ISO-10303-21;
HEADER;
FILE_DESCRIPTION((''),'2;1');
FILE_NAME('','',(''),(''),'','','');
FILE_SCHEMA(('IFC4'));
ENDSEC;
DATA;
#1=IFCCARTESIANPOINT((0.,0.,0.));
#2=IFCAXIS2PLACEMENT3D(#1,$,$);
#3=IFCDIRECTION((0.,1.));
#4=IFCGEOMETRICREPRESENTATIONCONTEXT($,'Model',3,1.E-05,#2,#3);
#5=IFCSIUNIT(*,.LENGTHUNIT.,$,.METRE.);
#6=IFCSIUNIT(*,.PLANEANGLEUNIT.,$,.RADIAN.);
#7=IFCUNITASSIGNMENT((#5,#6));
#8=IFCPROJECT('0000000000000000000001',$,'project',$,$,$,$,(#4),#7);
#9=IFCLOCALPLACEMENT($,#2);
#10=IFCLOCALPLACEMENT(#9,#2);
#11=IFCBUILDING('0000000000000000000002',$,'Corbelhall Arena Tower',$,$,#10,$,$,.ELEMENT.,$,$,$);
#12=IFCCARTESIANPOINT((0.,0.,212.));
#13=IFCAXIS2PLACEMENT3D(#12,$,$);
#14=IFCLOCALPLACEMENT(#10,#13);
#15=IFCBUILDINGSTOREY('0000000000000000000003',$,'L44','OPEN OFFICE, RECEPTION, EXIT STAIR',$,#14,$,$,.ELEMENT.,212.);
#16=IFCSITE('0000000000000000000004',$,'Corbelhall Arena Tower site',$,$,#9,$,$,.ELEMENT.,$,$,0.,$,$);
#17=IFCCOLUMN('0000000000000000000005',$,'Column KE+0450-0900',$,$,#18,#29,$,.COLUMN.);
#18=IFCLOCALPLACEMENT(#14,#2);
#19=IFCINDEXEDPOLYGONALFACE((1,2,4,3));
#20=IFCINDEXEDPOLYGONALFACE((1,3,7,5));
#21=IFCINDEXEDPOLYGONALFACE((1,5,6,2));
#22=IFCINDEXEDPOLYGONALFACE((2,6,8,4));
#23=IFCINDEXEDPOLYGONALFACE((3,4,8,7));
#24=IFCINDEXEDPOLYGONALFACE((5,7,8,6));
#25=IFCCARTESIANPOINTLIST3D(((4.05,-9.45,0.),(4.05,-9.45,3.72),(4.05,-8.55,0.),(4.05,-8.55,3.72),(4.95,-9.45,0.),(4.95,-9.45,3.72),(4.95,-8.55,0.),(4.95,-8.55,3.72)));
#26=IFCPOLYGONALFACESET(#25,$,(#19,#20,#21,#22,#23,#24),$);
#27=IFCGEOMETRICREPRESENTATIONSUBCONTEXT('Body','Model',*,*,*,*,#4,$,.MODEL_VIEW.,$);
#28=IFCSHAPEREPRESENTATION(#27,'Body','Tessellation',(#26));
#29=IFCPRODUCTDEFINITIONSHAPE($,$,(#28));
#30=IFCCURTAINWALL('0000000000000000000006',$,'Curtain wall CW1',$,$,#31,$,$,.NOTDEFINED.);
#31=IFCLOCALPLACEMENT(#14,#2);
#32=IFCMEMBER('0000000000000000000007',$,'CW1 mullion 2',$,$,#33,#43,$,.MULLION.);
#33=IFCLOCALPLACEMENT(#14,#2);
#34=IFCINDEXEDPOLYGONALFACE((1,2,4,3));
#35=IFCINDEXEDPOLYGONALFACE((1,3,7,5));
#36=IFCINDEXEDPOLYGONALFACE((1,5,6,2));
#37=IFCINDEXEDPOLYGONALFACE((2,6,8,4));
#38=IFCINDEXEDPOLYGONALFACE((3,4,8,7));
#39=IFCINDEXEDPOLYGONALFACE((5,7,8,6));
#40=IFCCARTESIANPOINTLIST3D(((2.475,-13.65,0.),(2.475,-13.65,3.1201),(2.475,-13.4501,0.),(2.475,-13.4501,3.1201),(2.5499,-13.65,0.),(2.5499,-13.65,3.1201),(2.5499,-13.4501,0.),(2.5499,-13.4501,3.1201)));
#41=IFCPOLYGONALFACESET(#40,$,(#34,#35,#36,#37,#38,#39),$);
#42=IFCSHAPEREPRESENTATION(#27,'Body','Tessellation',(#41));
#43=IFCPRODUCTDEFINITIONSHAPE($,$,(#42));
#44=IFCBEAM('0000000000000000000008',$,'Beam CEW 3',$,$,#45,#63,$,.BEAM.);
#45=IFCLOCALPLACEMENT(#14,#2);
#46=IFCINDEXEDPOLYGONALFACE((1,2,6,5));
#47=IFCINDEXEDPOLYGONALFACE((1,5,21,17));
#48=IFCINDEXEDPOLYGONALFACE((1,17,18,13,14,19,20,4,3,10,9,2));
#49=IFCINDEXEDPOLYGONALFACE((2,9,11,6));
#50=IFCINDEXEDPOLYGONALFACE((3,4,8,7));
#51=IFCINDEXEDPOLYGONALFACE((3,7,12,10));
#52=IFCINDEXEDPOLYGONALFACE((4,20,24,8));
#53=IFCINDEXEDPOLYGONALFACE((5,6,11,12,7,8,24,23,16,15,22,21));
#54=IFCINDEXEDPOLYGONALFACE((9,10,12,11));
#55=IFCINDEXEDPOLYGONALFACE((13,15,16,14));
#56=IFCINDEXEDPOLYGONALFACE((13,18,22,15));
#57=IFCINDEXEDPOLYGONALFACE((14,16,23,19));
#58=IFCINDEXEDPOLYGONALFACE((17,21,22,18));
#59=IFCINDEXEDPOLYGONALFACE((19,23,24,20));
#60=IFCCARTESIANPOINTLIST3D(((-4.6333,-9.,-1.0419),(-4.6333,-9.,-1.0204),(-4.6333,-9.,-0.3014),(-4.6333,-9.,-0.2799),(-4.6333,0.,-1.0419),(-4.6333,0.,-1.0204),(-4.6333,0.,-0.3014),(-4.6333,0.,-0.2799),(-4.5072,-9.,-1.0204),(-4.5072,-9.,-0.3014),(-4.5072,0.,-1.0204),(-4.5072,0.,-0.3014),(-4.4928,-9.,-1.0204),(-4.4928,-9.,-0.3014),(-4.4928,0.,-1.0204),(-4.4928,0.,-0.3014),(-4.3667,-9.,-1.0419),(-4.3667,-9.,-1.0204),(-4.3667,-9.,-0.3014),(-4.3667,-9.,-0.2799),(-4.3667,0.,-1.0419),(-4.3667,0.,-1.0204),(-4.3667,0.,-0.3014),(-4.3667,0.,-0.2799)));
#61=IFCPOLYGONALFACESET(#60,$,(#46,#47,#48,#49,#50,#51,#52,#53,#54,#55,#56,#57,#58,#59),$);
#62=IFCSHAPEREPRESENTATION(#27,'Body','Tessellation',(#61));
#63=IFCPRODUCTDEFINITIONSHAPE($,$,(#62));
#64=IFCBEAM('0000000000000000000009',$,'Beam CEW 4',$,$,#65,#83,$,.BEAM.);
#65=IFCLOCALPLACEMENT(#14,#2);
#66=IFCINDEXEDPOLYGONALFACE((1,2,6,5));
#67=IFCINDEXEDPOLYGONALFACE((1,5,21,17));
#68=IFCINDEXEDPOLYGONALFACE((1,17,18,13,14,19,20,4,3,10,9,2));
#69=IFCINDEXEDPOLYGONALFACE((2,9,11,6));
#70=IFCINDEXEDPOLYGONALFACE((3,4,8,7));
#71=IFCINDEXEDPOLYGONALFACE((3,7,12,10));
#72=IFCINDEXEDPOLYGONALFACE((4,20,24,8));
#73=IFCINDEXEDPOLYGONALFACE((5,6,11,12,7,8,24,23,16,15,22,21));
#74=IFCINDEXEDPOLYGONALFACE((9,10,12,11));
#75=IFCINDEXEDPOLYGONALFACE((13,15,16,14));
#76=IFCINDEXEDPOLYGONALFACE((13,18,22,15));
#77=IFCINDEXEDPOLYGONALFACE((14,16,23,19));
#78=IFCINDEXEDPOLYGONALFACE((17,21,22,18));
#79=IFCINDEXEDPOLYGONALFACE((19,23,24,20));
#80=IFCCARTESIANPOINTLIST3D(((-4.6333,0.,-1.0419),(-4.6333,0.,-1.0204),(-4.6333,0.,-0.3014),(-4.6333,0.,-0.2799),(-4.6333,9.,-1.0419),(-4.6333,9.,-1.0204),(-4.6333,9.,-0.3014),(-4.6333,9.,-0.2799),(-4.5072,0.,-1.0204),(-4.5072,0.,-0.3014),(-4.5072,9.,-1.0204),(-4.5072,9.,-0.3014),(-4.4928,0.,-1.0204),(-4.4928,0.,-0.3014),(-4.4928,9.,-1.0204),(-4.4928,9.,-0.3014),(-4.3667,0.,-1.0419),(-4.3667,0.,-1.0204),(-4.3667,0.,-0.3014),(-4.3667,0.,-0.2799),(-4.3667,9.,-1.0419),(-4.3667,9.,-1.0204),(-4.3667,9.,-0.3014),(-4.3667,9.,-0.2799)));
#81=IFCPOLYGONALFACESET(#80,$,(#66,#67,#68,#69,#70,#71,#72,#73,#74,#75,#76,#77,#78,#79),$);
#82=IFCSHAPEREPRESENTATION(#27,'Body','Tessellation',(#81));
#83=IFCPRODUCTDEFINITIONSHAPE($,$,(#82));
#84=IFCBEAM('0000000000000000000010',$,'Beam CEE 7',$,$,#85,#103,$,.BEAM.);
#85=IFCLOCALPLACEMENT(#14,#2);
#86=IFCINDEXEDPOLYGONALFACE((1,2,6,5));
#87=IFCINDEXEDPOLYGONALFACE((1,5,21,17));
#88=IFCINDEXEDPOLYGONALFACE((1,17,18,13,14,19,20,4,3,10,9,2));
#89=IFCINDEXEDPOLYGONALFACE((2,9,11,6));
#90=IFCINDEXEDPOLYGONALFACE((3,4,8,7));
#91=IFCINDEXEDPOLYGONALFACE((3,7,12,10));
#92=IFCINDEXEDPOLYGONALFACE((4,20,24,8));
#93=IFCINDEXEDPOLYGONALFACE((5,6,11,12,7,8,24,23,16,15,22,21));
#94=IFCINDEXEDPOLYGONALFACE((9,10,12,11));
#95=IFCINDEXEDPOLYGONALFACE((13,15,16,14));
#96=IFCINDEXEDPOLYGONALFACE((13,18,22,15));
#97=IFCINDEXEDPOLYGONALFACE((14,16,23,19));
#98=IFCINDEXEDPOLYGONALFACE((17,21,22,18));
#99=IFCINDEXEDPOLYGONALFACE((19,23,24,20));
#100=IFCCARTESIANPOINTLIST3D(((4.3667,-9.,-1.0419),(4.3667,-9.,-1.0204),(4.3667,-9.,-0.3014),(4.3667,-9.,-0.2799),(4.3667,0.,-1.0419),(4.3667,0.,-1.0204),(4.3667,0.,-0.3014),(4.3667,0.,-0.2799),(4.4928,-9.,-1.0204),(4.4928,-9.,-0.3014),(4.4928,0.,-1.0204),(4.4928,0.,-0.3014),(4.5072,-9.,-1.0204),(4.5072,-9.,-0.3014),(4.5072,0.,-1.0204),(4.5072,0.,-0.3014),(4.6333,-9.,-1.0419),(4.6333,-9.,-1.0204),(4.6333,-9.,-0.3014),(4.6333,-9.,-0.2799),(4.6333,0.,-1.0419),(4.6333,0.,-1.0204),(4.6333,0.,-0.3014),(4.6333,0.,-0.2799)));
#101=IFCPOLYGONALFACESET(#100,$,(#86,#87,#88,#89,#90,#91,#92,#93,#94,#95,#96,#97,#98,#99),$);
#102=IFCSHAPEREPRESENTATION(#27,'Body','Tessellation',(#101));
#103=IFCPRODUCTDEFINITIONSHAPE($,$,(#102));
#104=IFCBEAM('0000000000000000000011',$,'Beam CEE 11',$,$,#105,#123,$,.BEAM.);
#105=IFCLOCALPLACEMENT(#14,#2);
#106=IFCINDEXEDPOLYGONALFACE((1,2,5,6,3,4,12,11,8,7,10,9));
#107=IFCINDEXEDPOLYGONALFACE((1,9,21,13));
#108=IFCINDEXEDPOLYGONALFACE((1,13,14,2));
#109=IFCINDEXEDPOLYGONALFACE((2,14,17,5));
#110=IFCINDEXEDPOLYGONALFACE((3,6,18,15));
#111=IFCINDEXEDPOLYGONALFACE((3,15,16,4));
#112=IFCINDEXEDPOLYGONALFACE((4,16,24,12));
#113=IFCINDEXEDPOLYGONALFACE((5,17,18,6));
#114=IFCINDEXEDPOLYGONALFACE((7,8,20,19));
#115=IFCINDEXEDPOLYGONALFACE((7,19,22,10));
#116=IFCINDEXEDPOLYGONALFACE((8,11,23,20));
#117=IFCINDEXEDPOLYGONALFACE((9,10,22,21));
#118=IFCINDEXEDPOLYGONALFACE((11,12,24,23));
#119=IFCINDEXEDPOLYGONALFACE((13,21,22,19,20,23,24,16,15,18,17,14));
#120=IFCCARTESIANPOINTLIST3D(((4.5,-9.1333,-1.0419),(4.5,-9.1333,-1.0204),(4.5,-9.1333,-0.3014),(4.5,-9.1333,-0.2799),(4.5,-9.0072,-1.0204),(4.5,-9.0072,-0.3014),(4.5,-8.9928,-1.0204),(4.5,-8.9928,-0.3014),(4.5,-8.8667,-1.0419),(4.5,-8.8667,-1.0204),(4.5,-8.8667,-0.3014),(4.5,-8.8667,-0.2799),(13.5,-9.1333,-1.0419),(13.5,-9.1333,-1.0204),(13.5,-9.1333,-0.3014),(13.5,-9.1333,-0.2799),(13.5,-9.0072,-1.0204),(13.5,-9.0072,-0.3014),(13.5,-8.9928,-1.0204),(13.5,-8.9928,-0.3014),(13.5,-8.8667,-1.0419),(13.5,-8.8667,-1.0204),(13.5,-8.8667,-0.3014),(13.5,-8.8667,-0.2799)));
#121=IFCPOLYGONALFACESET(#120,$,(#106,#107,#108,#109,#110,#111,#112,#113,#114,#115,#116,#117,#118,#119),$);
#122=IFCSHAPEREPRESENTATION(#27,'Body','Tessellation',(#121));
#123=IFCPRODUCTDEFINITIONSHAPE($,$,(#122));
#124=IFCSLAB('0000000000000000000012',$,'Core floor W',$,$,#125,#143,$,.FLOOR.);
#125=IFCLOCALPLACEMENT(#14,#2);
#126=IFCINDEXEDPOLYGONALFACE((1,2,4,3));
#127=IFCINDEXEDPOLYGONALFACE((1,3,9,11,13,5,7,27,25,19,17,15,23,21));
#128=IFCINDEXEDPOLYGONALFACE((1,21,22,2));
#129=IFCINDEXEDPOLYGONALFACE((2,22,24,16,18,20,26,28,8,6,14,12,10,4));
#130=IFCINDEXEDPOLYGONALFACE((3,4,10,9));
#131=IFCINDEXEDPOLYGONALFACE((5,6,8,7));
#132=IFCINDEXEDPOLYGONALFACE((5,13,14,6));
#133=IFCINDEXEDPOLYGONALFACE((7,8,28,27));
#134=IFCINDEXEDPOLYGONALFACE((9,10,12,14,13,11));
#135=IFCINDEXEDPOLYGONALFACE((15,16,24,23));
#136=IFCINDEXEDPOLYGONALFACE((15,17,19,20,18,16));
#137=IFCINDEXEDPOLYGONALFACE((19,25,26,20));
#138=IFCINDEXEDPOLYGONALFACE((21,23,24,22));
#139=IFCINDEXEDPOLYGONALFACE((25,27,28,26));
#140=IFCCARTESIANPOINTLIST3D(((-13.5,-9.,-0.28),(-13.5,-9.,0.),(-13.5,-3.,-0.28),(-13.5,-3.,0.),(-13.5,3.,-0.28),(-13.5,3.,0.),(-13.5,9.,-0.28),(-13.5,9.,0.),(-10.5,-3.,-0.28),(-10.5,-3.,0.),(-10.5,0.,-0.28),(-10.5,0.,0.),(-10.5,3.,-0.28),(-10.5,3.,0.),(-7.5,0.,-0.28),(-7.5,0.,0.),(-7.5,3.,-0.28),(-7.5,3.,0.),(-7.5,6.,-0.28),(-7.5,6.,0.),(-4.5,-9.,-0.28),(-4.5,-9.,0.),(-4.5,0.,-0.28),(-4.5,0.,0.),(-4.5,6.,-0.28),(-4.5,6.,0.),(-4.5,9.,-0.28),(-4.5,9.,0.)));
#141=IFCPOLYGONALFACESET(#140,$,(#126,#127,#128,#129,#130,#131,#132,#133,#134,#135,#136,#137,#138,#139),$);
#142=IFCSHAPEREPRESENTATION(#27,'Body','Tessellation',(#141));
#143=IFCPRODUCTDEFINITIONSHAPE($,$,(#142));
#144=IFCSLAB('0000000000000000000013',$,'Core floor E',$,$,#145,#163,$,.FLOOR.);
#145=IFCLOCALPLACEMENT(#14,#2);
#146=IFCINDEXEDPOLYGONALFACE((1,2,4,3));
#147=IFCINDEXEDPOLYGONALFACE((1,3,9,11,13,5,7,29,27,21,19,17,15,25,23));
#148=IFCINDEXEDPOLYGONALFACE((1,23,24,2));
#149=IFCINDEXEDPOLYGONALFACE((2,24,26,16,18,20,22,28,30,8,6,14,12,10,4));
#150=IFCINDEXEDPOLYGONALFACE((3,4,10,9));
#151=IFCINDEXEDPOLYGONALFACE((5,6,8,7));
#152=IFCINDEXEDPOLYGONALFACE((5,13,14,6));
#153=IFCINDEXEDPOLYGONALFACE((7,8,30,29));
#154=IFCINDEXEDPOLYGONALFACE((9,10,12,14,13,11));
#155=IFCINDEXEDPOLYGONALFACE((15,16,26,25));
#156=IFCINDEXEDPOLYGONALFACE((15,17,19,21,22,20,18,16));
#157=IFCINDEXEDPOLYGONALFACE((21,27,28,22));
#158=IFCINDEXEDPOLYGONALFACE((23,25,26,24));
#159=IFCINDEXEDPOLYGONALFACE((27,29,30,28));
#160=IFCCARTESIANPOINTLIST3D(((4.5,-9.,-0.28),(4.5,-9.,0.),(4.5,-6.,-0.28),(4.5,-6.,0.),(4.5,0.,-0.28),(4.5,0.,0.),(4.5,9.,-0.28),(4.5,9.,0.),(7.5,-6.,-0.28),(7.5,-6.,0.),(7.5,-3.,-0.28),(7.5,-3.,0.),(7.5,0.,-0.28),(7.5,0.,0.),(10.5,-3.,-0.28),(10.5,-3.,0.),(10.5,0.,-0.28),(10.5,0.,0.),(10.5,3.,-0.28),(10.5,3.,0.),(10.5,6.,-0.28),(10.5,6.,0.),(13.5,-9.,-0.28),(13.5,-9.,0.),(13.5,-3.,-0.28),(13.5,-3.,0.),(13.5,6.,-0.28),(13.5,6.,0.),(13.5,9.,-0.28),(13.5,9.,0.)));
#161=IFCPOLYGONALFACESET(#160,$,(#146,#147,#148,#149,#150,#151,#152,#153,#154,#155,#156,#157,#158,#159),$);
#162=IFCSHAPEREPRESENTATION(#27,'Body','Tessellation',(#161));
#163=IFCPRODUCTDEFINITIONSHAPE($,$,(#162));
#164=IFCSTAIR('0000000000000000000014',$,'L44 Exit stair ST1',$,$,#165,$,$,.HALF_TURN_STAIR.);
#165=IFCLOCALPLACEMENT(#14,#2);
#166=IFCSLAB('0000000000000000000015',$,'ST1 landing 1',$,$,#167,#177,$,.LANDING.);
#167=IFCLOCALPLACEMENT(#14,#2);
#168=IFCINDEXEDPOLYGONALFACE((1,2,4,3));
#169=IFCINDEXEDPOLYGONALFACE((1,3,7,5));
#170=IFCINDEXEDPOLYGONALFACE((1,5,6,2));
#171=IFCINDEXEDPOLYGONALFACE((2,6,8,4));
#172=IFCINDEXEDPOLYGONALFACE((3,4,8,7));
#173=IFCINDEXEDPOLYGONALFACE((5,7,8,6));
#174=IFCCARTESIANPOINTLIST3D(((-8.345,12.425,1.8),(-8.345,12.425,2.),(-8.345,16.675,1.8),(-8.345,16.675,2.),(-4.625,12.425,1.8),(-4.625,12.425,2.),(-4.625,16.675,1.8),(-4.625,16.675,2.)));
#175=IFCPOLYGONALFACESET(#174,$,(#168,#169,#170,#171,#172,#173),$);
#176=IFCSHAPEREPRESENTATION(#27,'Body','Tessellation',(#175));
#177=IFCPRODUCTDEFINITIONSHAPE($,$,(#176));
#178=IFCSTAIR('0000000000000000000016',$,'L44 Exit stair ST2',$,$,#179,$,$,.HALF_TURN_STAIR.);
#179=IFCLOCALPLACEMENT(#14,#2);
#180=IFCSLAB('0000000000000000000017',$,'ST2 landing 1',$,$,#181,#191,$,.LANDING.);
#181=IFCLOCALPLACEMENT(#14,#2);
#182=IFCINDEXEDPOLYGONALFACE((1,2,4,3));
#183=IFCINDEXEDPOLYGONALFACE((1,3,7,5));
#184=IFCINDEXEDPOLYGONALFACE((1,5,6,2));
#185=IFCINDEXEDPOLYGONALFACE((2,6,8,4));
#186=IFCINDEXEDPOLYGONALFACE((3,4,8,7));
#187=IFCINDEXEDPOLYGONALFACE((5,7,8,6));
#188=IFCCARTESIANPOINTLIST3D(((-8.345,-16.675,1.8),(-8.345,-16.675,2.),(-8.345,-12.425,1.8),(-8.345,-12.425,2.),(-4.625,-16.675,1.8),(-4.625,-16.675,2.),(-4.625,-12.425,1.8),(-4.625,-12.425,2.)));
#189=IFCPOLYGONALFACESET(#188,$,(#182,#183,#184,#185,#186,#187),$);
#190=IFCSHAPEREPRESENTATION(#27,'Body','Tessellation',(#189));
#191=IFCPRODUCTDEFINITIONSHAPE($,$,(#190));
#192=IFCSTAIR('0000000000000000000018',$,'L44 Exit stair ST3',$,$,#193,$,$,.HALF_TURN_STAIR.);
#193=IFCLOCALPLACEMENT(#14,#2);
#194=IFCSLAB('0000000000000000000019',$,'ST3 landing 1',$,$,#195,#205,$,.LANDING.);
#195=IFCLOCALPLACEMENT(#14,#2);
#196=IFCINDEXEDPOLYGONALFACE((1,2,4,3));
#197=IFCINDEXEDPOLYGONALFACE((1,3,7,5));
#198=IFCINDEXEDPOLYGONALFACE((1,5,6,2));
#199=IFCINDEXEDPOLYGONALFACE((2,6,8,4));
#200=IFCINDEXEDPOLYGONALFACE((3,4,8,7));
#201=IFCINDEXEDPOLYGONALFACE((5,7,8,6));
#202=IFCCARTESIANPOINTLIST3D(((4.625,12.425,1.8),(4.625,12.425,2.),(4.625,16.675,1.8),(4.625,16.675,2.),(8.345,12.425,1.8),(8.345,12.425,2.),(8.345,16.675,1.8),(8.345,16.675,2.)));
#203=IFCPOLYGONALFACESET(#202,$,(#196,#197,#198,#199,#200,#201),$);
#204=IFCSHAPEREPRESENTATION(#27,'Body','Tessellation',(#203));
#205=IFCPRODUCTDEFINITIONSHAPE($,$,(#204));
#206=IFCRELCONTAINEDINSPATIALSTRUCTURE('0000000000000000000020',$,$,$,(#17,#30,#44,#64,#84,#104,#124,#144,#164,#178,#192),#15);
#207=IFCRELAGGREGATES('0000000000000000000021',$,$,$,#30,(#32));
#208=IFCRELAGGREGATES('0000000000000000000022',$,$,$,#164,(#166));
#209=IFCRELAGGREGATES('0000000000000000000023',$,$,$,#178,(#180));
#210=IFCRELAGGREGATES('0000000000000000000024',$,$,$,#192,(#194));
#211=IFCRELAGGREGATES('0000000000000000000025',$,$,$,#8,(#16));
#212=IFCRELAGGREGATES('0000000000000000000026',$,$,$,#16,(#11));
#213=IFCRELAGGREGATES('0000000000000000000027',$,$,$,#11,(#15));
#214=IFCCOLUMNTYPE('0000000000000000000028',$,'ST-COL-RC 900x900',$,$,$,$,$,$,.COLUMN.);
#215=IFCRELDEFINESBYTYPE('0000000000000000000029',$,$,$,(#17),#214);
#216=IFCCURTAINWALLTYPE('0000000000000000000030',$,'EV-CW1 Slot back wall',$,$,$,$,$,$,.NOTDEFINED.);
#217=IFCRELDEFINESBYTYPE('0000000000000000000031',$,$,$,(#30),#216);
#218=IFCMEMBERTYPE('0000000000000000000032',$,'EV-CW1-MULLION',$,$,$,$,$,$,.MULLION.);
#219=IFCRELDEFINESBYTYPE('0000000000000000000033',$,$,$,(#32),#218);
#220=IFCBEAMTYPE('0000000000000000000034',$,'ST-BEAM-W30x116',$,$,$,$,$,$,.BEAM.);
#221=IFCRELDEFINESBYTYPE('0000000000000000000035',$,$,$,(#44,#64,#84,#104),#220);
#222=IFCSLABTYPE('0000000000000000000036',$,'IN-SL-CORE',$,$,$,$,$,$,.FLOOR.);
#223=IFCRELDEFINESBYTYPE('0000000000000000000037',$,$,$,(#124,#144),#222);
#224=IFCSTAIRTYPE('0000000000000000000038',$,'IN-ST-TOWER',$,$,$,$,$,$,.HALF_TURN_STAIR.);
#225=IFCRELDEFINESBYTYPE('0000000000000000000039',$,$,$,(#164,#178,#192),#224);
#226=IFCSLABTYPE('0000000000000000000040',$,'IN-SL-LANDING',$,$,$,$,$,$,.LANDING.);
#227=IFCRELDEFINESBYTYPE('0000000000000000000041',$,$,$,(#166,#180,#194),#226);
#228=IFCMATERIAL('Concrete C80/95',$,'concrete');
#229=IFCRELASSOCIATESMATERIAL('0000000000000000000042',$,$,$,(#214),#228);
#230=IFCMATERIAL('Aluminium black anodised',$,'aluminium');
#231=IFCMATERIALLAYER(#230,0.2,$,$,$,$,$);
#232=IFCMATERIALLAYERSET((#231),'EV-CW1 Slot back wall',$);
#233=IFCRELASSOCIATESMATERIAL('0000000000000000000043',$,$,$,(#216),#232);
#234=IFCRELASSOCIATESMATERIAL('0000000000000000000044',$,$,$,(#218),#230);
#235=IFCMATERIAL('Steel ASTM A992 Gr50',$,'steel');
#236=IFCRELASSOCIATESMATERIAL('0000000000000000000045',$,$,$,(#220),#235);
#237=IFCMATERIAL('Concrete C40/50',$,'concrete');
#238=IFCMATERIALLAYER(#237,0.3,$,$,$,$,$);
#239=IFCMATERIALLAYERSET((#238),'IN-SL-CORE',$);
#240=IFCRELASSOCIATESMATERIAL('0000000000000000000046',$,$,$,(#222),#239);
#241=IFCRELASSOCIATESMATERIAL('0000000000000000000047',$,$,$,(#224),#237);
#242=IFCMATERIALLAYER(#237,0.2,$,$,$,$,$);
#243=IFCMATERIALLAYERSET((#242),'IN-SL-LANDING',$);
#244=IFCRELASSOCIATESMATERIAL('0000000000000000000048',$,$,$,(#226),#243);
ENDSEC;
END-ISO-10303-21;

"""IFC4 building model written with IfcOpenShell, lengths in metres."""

from ifc_helpers import new_model, si_unit, direction, frame, origin, origin_2d, place, context, subcontext, project, spatial, polyline, rectangle, i_section, outline, extrude, material, layer, layer_set, material_profile, profile_set, type_object, element, aggregate, save


model = new_model("IFC4")

# Units and contexts
model_context = context("Model", 3, precision=1e-05, world=origin(), true_north=direction((0.0, 1.0)))
body_context = subcontext(model_context, "Body", "Model", "MODEL_VIEW")
ifc_project = project(units=[si_unit("LENGTHUNIT", "METRE"), si_unit("PLANEANGLEUNIT", "RADIAN")], contexts=[model_context])

# Site, building, storey
site_placement = place(None, origin())
site = spatial("IfcSite", under=ifc_project, at=site_placement, Name="Corbelhall Arena Tower site", CompositionType="ELEMENT", RefElevation=0.0)
building_placement = place(site_placement, origin())
building = spatial("IfcBuilding", under=site, at=building_placement, Name="Corbelhall Arena Tower", CompositionType="ELEMENT")
storey_placement = place(building_placement, frame((0.0, 0.0, 212.0)))
storey = spatial("IfcBuildingStorey", under=building, at=storey_placement, Name="L44", Description="OPEN OFFICE, RECEPTION, EXIT STAIR", CompositionType="ELEMENT", Elevation=212.0)

# Column
ifc_material_1 = material(Name="Concrete C80/95", Category="concrete")
ifc_material_profile_1 = material_profile(ifc_material_1, rectangle(XDim=0.8999, YDim=0.8999, at=origin_2d()))
ifc_profile_set_1 = profile_set([ifc_material_profile_1], Name="Concrete C80/95")
column_type = type_object("IfcColumnType", Name="ST-COL-RC 900x900", PredefinedType="COLUMN", material=ifc_profile_set_1)
column_placement = place(storey_placement, frame((4.5, -9.0, 0.0), z_axis=(0.0, 0.0, 1.0), x_axis=(1.0, 0.0, 0.0)))
element("IfcColumn", 1, at=column_placement, inside=storey, type_object=column_type, Name="Column KE+0450-0900", PredefinedType="COLUMN", context=body_context, shape_type="SweptSolid", body=[
    extrude(rectangle(XDim=0.8999, YDim=0.8999, at=origin_2d()), origin(), (0.0, 0.0, 1.0), 3.72),
])

# Curtain wall, member
ifc_material_2 = material(Name="Aluminium black anodised", Category="aluminium")
ifc_layer_1 = layer(ifc_material_2, 0.2)
ifc_layer_set_1 = layer_set([ifc_layer_1], Name="EV-CW1 Slot back wall")
curtain_wall_type = type_object("IfcCurtainWallType", Name="EV-CW1 Slot back wall", PredefinedType="NOTDEFINED", material=ifc_layer_set_1)
curtain_wall_placement = place(storey_placement, origin())
curtain_wall = element("IfcCurtainWall", 2, at=curtain_wall_placement, inside=storey, type_object=curtain_wall_type, Name="Curtain wall CW1", PredefinedType="NOTDEFINED")
ifc_material_profile_2 = material_profile(ifc_material_2, rectangle(XDim=0.2, YDim=0.075, at=origin_2d()))
ifc_profile_set_2 = profile_set([ifc_material_profile_2], Name="Aluminium black anodised")
member_type = type_object("IfcMemberType", Name="EV-CW1-MULLION", PredefinedType="MULLION", material=ifc_profile_set_2)
member_placement = place(storey_placement, frame((2.5125, -13.55, 0.0), z_axis=(0.0, 0.0, 1.0), x_axis=(0.0, 1.0, 0.0)))
member = element("IfcMember", 3, at=member_placement, type_object=member_type, Name="CW1 mullion 2", PredefinedType="MULLION", context=body_context, shape_type="SweptSolid", body=[
    extrude(rectangle(XDim=0.2, YDim=0.075, at=origin_2d()), origin(), (0.0, 0.0, 1.0), 3.1201),
])
aggregate(curtain_wall, [member])

# Beams
ifc_material_3 = material(Name="Steel ASTM A992 Gr50", Category="steel")
ifc_material_profile_3 = material_profile(ifc_material_3, i_section(OverallWidth=0.2666, OverallDepth=0.762, WebThickness=0.0144, FlangeThickness=0.0215, at=origin_2d()))
ifc_profile_set_3 = profile_set([ifc_material_profile_3], Name="Steel ASTM A992 Gr50")
beam_type = type_object("IfcBeamType", Name="ST-BEAM-W30x116", PredefinedType="BEAM", material=ifc_profile_set_3)
for number, where, z_axis, x_axis, name in (
    (4, (-4.5, -9.0, -0.6609), (0.0, 1.0, 0.0), (-1.0, 0.0, 0.0), "Beam CEW 3"),
    (5, (-4.5, 0.0, -0.6609), (0.0, 1.0, 0.0), (-1.0, 0.0, 0.0), "Beam CEW 4"),
    (6, (4.5, -9.0, -0.6609), (0.0, 1.0, 0.0), (-1.0, 0.0, 0.0), "Beam CEE 7"),
    (7, (4.5, -9.0, -0.6609), (1.0, 0.0, 0.0), (0.0, 1.0, 0.0), "Beam CEE 11"),
):
    element("IfcBeam", number, at=place(storey_placement, frame(where, z_axis=z_axis, x_axis=x_axis)), inside=storey, type_object=beam_type, Name=name, PredefinedType="BEAM", context=body_context, shape_type="SweptSolid", body=[
        extrude(i_section(OverallWidth=0.2666, OverallDepth=0.762, WebThickness=0.0144, FlangeThickness=0.0215, at=origin_2d()), origin(), (0.0, 0.0, 1.0), 9.0),
    ])

# Slabs
ifc_material_4 = material(Name="Concrete C40/50", Category="concrete")
ifc_layer_2 = layer(ifc_material_4, 0.3)
ifc_layer_set_2 = layer_set([ifc_layer_2], Name="IN-SL-CORE")
slab_type_1 = type_object("IfcSlabType", Name="IN-SL-CORE", PredefinedType="FLOOR", material=ifc_layer_set_2)
slab_1_placement = place(storey_placement, frame((0.0, 0.0, -0.28)))
element("IfcSlab", 8, at=slab_1_placement, inside=storey, type_object=slab_type_1, Name="Core floor W", PredefinedType="FLOOR", context=body_context, shape_type="SweptSolid", body=[
    extrude(outline(polyline([(-10.5, -3.0), (-13.5, -3.0), (-13.5, -9.0), (-4.5, -9.0), (-4.5, 0.0), (-7.5, 0.0), (-7.5, 3.0), (-7.5, 6.0), (-4.5, 6.0), (-4.5, 9.0), (-13.5, 9.0), (-13.5, 3.0), (-10.5, 3.0), (-10.5, 0.0), (-10.5, -3.0)])), origin(), (0.0, 0.0, 1.0), 0.28),
])
slab_2_placement = place(storey_placement, frame((0.0, 0.0, -0.28)))
element("IfcSlab", 9, at=slab_2_placement, inside=storey, type_object=slab_type_1, Name="Core floor E", PredefinedType="FLOOR", context=body_context, shape_type="SweptSolid", body=[
    extrude(outline(polyline([(13.5, -3.0), (10.5, -3.0), (10.5, 0.0), (10.5, 3.0), (10.5, 6.0), (13.5, 6.0), (13.5, 9.0), (4.5, 9.0), (4.5, 0.0), (7.5, 0.0), (7.5, -3.0), (7.5, -6.0), (4.5, -6.0), (4.5, -9.0), (13.5, -9.0), (13.5, -3.0)])), origin(), (0.0, 0.0, 1.0), 0.28),
])

# Stairs, slabs
stair_type = type_object("IfcStairType", Name="IN-ST-TOWER", PredefinedType="HALF_TURN_STAIR", material=ifc_material_4)
stair_1_placement = place(storey_placement, origin())
stair_1 = element("IfcStair", 10, at=stair_1_placement, inside=storey, type_object=stair_type, Name="L44 Exit stair ST1", PredefinedType="HALF_TURN_STAIR")
ifc_layer_3 = layer(ifc_material_4, 0.2)
ifc_layer_set_3 = layer_set([ifc_layer_3], Name="IN-SL-LANDING")
slab_type_2 = type_object("IfcSlabType", Name="IN-SL-LANDING", PredefinedType="LANDING", material=ifc_layer_set_3)
slab_3_placement = place(storey_placement, frame((0.0, 0.0, 1.8)))
slab_3 = element("IfcSlab", 11, at=slab_3_placement, type_object=slab_type_2, Name="ST1 landing 1", PredefinedType="LANDING", context=body_context, shape_type="SweptSolid", body=[
    extrude(outline(polyline([(-8.345, 12.425), (-4.625, 12.425), (-4.625, 16.675), (-8.345, 16.675), (-8.345, 12.425)])), origin(), (0.0, 0.0, 1.0), 0.2),
])
aggregate(stair_1, [slab_3])
stair_2_placement = place(storey_placement, origin())
stair_2 = element("IfcStair", 12, at=stair_2_placement, inside=storey, type_object=stair_type, Name="L44 Exit stair ST2", PredefinedType="HALF_TURN_STAIR")
slab_4_placement = place(storey_placement, frame((0.0, 0.0, 1.8)))
slab_4 = element("IfcSlab", 13, at=slab_4_placement, type_object=slab_type_2, Name="ST2 landing 1", PredefinedType="LANDING", context=body_context, shape_type="SweptSolid", body=[
    extrude(outline(polyline([(-8.345, -16.675), (-4.625, -16.675), (-4.625, -12.425), (-8.345, -12.425), (-8.345, -16.675)])), origin(), (0.0, 0.0, 1.0), 0.2),
])
aggregate(stair_2, [slab_4])
stair_3_placement = place(storey_placement, origin())
stair_3 = element("IfcStair", 14, at=stair_3_placement, inside=storey, type_object=stair_type, Name="L44 Exit stair ST3", PredefinedType="HALF_TURN_STAIR")
slab_5_placement = place(storey_placement, frame((0.0, 0.0, 1.8)))
slab_5 = element("IfcSlab", 15, at=slab_5_placement, type_object=slab_type_2, Name="ST3 landing 1", PredefinedType="LANDING", context=body_context, shape_type="SweptSolid", body=[
    extrude(outline(polyline([(8.345, 16.675), (4.625, 16.675), (4.625, 12.425), (8.345, 12.425), (8.345, 16.675)])), origin(), (0.0, 0.0, 1.0), 0.2),
])
aggregate(stair_3, [slab_5])

save(model, "model.ifc")
